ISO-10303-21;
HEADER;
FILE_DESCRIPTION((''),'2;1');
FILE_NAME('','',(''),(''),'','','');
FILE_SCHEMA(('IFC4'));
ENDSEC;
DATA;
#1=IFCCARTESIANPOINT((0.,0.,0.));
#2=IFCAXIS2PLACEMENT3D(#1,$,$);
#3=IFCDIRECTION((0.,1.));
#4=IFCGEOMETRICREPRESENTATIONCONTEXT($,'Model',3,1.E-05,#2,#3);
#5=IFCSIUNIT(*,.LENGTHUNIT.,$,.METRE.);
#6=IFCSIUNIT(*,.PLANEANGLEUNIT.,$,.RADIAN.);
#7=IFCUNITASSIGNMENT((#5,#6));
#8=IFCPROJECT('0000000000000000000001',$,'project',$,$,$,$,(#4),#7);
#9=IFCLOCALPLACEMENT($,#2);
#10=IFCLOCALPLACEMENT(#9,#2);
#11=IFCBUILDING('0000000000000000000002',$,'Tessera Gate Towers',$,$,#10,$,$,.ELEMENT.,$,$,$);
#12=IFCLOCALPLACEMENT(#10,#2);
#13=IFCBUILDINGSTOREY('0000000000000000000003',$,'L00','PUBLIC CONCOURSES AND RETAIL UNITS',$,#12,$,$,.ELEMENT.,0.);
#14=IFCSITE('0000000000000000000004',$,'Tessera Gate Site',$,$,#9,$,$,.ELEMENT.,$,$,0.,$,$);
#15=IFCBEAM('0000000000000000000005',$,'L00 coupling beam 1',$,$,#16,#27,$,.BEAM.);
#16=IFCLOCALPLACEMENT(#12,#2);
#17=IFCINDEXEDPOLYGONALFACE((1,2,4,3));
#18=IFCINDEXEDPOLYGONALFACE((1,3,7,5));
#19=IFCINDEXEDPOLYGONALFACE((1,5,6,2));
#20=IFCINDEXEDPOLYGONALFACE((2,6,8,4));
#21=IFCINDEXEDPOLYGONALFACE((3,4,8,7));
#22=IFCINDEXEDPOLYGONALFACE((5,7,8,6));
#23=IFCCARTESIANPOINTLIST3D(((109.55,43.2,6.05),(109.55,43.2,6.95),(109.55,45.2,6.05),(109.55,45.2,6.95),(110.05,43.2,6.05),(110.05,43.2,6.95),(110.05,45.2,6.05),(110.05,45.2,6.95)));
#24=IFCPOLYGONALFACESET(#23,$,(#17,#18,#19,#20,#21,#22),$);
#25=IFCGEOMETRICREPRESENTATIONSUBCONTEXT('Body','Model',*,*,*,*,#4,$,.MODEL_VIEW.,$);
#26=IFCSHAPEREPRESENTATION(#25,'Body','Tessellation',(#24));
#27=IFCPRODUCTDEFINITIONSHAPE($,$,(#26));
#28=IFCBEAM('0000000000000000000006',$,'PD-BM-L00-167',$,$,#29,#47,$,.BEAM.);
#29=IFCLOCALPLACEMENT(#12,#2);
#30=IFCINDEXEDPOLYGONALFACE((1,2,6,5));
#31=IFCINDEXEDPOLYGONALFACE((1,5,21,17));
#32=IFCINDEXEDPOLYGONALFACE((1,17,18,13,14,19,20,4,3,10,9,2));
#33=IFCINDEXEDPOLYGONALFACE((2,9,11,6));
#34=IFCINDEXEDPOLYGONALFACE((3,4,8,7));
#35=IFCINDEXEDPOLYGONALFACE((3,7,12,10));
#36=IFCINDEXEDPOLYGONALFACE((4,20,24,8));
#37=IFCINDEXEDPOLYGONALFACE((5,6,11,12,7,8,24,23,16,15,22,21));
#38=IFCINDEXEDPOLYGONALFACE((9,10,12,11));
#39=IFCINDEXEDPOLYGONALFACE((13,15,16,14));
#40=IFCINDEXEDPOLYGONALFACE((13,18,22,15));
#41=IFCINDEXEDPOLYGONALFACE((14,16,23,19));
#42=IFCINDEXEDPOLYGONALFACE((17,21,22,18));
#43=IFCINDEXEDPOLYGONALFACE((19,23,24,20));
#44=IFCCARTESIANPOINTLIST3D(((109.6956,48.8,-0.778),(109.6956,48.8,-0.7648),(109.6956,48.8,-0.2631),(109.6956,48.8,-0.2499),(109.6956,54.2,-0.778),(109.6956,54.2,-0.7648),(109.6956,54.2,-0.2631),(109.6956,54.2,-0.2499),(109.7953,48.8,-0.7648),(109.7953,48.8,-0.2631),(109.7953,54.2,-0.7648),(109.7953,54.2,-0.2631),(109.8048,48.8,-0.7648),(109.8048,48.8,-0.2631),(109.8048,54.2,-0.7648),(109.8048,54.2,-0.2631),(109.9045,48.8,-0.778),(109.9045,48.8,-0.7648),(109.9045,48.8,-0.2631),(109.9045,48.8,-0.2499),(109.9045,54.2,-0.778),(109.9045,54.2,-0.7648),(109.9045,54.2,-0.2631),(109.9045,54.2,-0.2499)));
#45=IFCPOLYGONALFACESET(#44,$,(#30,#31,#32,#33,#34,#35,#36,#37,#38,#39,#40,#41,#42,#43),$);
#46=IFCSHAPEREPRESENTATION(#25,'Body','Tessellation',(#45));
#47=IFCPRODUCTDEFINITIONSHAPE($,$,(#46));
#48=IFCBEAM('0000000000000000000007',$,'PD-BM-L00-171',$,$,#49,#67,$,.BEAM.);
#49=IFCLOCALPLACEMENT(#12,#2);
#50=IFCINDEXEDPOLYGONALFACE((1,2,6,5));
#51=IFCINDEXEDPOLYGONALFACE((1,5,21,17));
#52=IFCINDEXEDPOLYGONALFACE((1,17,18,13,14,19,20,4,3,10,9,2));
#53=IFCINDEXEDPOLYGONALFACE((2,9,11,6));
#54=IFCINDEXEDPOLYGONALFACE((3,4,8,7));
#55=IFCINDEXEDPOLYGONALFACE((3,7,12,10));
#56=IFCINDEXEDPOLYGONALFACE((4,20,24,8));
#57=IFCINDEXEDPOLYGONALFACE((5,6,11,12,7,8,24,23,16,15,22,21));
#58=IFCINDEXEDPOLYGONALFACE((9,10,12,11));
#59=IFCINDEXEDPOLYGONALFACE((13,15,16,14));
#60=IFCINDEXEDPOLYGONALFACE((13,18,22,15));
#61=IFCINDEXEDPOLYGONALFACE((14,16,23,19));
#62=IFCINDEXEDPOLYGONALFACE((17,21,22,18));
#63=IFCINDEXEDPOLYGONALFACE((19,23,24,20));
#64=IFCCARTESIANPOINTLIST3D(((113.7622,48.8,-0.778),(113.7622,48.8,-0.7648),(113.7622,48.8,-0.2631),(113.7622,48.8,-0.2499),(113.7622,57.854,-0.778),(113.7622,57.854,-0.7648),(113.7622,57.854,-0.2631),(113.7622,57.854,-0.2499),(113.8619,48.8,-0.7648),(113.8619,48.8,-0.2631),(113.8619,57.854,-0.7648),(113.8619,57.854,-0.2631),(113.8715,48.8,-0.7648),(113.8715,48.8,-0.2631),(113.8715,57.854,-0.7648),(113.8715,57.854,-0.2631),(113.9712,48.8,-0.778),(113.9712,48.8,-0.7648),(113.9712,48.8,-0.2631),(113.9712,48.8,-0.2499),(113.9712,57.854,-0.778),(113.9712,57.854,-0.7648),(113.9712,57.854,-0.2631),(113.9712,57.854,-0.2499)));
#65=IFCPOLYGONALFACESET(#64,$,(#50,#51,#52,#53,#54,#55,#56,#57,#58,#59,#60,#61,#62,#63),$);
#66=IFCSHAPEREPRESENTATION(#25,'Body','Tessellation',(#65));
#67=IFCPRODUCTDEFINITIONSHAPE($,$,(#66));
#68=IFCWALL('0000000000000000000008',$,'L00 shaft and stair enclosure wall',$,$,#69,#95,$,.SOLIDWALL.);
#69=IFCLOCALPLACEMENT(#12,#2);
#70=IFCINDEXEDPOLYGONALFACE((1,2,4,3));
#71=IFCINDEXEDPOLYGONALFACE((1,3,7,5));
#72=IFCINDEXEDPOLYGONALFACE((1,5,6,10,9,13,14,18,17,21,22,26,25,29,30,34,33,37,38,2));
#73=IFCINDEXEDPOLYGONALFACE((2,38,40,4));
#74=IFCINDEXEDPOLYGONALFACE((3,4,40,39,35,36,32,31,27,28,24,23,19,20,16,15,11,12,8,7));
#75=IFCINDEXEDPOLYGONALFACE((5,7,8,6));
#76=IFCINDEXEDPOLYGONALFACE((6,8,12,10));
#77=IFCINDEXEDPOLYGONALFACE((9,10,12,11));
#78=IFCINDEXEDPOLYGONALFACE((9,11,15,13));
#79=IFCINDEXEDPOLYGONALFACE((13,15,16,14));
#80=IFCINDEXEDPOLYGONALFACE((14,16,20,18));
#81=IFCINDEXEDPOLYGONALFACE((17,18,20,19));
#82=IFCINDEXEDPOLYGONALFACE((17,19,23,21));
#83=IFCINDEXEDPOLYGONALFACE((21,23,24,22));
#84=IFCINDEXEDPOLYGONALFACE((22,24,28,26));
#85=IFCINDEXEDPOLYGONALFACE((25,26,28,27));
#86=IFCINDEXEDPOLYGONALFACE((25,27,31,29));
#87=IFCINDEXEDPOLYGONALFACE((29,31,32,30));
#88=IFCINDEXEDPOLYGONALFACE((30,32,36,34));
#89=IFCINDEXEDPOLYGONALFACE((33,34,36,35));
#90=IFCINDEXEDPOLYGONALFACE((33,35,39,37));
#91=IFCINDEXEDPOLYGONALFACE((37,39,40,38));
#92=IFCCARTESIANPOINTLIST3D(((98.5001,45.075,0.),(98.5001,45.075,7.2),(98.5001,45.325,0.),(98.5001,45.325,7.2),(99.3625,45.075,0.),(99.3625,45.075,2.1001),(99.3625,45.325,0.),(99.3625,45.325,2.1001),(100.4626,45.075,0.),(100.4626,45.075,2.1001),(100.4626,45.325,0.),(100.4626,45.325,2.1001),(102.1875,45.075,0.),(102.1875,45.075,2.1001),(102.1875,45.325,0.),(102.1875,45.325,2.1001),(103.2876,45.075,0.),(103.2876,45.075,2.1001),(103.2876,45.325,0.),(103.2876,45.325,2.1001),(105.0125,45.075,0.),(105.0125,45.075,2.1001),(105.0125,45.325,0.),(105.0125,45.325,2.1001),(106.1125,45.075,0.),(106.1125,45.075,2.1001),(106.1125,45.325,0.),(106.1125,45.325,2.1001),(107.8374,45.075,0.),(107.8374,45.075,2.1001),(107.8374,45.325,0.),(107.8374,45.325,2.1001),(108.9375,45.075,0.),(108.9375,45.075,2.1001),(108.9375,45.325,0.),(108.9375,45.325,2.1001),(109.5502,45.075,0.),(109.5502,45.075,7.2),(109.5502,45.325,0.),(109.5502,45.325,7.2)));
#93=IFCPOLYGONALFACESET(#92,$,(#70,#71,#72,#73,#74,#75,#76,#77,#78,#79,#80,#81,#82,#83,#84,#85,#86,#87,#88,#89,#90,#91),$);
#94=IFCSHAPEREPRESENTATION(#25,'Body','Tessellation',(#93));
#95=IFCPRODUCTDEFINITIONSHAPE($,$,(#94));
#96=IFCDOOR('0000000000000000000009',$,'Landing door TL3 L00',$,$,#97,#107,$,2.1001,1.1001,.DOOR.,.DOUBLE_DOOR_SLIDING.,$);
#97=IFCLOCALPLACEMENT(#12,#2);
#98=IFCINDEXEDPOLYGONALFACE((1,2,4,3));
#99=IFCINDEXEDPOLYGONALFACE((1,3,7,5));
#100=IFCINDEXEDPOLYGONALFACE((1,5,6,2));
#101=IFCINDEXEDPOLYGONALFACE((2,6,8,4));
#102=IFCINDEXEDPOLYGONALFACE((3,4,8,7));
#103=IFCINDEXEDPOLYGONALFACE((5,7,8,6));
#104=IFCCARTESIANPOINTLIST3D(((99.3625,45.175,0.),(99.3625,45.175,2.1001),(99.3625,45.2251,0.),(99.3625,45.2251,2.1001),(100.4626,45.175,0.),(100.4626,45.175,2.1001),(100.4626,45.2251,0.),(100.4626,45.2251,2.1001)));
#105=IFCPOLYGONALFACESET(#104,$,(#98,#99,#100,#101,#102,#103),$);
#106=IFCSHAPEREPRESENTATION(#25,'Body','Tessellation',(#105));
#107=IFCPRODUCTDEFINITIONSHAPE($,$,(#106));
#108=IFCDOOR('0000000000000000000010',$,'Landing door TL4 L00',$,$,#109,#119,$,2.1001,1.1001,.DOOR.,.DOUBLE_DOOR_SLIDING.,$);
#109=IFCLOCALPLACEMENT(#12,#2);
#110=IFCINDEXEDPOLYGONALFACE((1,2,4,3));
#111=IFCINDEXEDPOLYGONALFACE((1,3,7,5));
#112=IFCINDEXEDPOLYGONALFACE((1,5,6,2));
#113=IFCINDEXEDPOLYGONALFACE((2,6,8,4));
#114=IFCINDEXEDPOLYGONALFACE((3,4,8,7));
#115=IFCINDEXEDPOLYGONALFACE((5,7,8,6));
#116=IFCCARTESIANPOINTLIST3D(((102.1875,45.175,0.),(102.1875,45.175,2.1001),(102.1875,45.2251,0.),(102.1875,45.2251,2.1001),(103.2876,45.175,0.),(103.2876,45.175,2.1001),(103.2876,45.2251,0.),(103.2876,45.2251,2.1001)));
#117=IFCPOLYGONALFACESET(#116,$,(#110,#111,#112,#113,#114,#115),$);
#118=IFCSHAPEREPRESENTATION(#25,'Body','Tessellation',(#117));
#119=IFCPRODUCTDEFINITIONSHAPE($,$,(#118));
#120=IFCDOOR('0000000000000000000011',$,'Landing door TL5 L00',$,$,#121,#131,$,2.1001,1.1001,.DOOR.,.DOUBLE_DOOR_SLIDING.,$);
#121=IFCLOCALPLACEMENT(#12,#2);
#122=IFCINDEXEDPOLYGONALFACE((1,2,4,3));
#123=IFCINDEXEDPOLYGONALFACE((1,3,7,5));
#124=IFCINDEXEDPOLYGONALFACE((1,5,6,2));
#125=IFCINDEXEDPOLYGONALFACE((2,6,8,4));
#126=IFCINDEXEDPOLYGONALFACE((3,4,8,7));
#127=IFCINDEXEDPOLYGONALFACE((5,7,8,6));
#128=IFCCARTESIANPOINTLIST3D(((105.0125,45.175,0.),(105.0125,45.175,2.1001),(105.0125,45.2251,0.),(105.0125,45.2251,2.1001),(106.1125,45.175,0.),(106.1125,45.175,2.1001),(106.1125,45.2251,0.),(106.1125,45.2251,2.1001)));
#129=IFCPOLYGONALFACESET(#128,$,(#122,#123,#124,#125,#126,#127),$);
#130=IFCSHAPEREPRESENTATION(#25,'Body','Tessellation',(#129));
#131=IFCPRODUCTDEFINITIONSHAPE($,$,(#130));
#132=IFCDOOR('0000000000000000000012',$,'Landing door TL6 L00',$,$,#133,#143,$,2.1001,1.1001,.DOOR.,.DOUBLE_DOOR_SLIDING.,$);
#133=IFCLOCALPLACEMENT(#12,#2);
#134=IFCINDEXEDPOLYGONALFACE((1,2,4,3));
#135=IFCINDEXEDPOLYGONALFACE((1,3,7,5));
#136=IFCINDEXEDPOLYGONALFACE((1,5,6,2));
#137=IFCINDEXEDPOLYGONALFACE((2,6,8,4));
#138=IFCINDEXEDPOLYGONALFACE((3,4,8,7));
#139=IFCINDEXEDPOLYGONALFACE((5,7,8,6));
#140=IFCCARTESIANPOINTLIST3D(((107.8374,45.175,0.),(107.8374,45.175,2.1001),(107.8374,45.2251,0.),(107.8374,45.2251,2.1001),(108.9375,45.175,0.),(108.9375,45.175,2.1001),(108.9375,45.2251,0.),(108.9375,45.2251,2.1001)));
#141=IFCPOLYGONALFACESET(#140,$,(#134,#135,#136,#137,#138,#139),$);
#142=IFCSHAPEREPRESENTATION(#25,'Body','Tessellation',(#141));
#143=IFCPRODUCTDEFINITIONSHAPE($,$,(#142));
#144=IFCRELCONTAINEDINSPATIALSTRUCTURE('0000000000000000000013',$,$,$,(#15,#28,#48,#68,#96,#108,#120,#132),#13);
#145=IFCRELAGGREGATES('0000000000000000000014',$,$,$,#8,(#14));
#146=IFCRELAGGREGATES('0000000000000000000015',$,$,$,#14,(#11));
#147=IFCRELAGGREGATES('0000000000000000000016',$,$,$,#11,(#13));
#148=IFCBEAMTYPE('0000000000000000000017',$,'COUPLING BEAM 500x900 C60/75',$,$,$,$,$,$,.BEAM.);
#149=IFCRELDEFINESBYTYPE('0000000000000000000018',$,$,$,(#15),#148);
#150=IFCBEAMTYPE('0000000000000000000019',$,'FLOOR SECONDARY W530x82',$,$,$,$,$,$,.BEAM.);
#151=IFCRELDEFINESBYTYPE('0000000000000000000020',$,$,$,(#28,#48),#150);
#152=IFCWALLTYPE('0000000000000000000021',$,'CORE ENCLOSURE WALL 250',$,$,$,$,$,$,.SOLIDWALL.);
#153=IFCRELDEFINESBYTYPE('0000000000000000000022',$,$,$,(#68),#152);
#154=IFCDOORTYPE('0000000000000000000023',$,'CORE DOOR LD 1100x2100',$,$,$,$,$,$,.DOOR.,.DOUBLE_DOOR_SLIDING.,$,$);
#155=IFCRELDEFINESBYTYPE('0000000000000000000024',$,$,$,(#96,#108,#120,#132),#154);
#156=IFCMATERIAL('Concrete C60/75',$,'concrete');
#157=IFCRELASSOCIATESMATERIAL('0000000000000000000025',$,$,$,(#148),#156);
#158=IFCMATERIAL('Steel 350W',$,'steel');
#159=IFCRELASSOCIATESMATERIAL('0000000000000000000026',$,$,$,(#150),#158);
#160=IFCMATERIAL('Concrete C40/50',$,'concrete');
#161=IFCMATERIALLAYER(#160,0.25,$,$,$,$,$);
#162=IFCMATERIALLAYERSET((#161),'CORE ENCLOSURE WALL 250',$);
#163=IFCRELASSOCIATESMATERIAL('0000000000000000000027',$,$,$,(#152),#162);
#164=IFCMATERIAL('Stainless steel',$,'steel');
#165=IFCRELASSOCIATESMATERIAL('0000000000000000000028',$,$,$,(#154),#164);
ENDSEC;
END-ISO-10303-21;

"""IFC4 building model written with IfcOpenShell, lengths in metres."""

from ifc_helpers import new_model, si_unit, direction, frame, frame_2d, origin, origin_2d, place, context, subcontext, project, spatial, rectangle, i_section, extrude, source, transform, mapped, material, layer, layer_set, material_profile, profile_set, type_object, element, fill, save


model = new_model("IFC4")

# Units and contexts
model_context = context("Model", 3, precision=1e-05, world=origin(), true_north=direction((0.0, 1.0)))
body_context = subcontext(model_context, "Body", "Model", "MODEL_VIEW")
ifc_project = project(units=[si_unit("LENGTHUNIT", "METRE"), si_unit("PLANEANGLEUNIT", "RADIAN")], contexts=[model_context])

# Site, building, storey
site_placement = place(None, origin())
site = spatial("IfcSite", under=ifc_project, at=site_placement, Name="Tessera Gate Site", CompositionType="ELEMENT", RefElevation=0.0)
building_placement = place(site_placement, origin())
building = spatial("IfcBuilding", under=site, at=building_placement, Name="Tessera Gate Towers", CompositionType="ELEMENT")
storey_placement = place(building_placement, origin())
storey = spatial("IfcBuildingStorey", under=building, at=storey_placement, Name="L00", Description="PUBLIC CONCOURSES AND RETAIL UNITS", CompositionType="ELEMENT", Elevation=0.0)

# Beams
ifc_material_1 = material(Name="Concrete C60/75", Category="concrete")
ifc_material_profile_1 = material_profile(ifc_material_1, rectangle(XDim=0.5, YDim=0.8999, at=origin_2d()), Name="RC 500x900")
ifc_profile_set_1 = profile_set([ifc_material_profile_1], Name="Concrete C60/75")
beam_type_1 = type_object("IfcBeamType", Name="COUPLING BEAM 500x900 C60/75", PredefinedType="BEAM", material=ifc_profile_set_1)
beam_1_placement = place(storey_placement, frame((109.8, 43.2, 6.5), z_axis=(0.0, 1.0, 0.0), x_axis=(-1.0, 0.0, 0.0)))
element("IfcBeam", 1, at=beam_1_placement, inside=storey, type_object=beam_type_1, Name="L00 coupling beam 1", PredefinedType="BEAM", context=body_context, shape_type="SweptSolid", body=[
    extrude(rectangle(XDim=0.5, YDim=0.8999, at=origin_2d()), origin(), (0.0, 0.0, 1.0), 2.0),
])
ifc_material_2 = material(Name="Steel 350W", Category="steel")
ifc_material_profile_2 = material_profile(ifc_material_2, i_section(OverallWidth=0.209, OverallDepth=0.5281, WebThickness=0.0095, FlangeThickness=0.0132, at=origin_2d()), Name="W530x82")
ifc_profile_set_2 = profile_set([ifc_material_profile_2], Name="Steel 350W")
beam_type_2 = type_object("IfcBeamType", Name="FLOOR SECONDARY W530x82", PredefinedType="BEAM", material=ifc_profile_set_2)
beam_2_placement = place(storey_placement, frame((109.8, 48.8, -0.5139), z_axis=(0.0, 1.0, 0.0), x_axis=(-1.0, 0.0, 0.0)))
element("IfcBeam", 2, at=beam_2_placement, inside=storey, type_object=beam_type_2, Name="PD-BM-L00-167", PredefinedType="BEAM", context=body_context, shape_type="SweptSolid", body=[
    extrude(i_section(OverallWidth=0.209, OverallDepth=0.5281, WebThickness=0.0095, FlangeThickness=0.0132, at=origin_2d()), origin(), (0.0, 0.0, 1.0), 5.3999),
])
beam_3_placement = place(storey_placement, frame((113.8667, 48.8, -0.5139), z_axis=(0.0, 1.0, 0.0), x_axis=(-1.0, 0.0, 0.0)))
element("IfcBeam", 3, at=beam_3_placement, inside=storey, type_object=beam_type_2, Name="PD-BM-L00-171", PredefinedType="BEAM", context=body_context, shape_type="SweptSolid", body=[
    extrude(i_section(OverallWidth=0.209, OverallDepth=0.5281, WebThickness=0.0095, FlangeThickness=0.0132, at=origin_2d()), origin(), (0.0, 0.0, 1.0), 9.054),
])

# Wall, openings, doors
ifc_material_3 = material(Name="Concrete C40/50", Category="concrete")
ifc_layer_1 = layer(ifc_material_3, 0.25)
ifc_layer_set_1 = layer_set([ifc_layer_1], Name="CORE ENCLOSURE WALL 250")
wall_type_1 = type_object("IfcWallType", Name="CORE ENCLOSURE WALL 250", PredefinedType="SOLIDWALL", material=ifc_layer_set_1)
wall_1_placement = place(storey_placement, frame((109.55, 45.2, 0.0), z_axis=(0.0, 0.0, 1.0), x_axis=(-1.0, 0.0, 0.0)))
wall_1 = element("IfcWall", 4, at=wall_1_placement, inside=storey, type_object=wall_type_1, Name="L00 shaft and stair enclosure wall", PredefinedType="SOLIDWALL", context=body_context, shape_type="SweptSolid", body=[
    extrude(rectangle(XDim=11.05, YDim=0.25, at=frame_2d((5.5249, 0.0))), origin(), (0.0, 0.0, 1.0), 7.2),
])
shared_shape_1 = source(origin(), body_context, "Body", "SweptSolid", [
    extrude(rectangle(XDim=1.1001, YDim=2.1001, at=frame_2d((0.55, 1.05))), frame((0.0, 0.135, 0.0), z_axis=(0.0, -1.0, 0.0), x_axis=(1.0, 0.0, 0.0)), (0.0, 0.0, 1.0), 0.27),
])
opening_1_placement = place(wall_1_placement, frame((9.0874, 0.0, 0.0)))
opening_1 = element("IfcOpeningElement", 5, at=opening_1_placement, cuts=wall_1, PredefinedType="OPENING", context=body_context, shape_type="MappedRepresentation", body=[
    mapped(shared_shape_1, transform((0.0, 0.0, 0.0), scale=1.0)),
])
opening_2_placement = place(wall_1_placement, frame((6.2625, 0.0, 0.0)))
opening_2 = element("IfcOpeningElement", 6, at=opening_2_placement, cuts=wall_1, PredefinedType="OPENING", context=body_context, shape_type="MappedRepresentation", body=[
    mapped(shared_shape_1, transform((0.0, 0.0, 0.0), scale=1.0)),
])
opening_3_placement = place(wall_1_placement, frame((3.4375, 0.0, 0.0)))
opening_3 = element("IfcOpeningElement", 7, at=opening_3_placement, cuts=wall_1, PredefinedType="OPENING", context=body_context, shape_type="MappedRepresentation", body=[
    mapped(shared_shape_1, transform((0.0, 0.0, 0.0), scale=1.0)),
])
opening_4_placement = place(wall_1_placement, frame((0.6125, 0.0, 0.0)))
opening_4 = element("IfcOpeningElement", 8, at=opening_4_placement, cuts=wall_1, PredefinedType="OPENING", context=body_context, shape_type="MappedRepresentation", body=[
    mapped(shared_shape_1, transform((0.0, 0.0, 0.0), scale=1.0)),
])
ifc_material_4 = material(Name="Stainless steel", Category="steel")
door_type_1 = type_object("IfcDoorType", Name="CORE DOOR LD 1100x2100", OperationType="DOUBLE_DOOR_SLIDING", PredefinedType="DOOR", material=ifc_material_4)
shared_shape_2 = source(origin(), body_context, "Body", "SweptSolid", [
    extrude(rectangle(XDim=1.1001, YDim=2.1001, at=frame_2d((0.55, 1.05))), frame((0.0, 0.0249, 0.0), z_axis=(0.0, -1.0, 0.0), x_axis=(1.0, 0.0, 0.0)), (0.0, 0.0, 1.0), 0.05),
])
door_1_placement = place(opening_1_placement, origin())
door_1 = element("IfcDoor", 9, at=door_1_placement, inside=storey, type_object=door_type_1, Name="Landing door TL3 L00", OperationType="DOUBLE_DOOR_SLIDING", OverallHeight=2.1001, OverallWidth=1.1001, PredefinedType="DOOR", context=body_context, shape_type="MappedRepresentation", body=[
    mapped(shared_shape_2, transform((0.0, 0.0, 0.0), scale=1.0)),
])
fill(opening_1, door_1)
door_2_placement = place(opening_2_placement, origin())
door_2 = element("IfcDoor", 10, at=door_2_placement, inside=storey, type_object=door_type_1, Name="Landing door TL4 L00", OperationType="DOUBLE_DOOR_SLIDING", OverallHeight=2.1001, OverallWidth=1.1001, PredefinedType="DOOR", context=body_context, shape_type="MappedRepresentation", body=[
    mapped(shared_shape_2, transform((0.0, 0.0, 0.0), scale=1.0)),
])
fill(opening_2, door_2)
door_3_placement = place(opening_3_placement, origin())
door_3 = element("IfcDoor", 11, at=door_3_placement, inside=storey, type_object=door_type_1, Name="Landing door TL5 L00", OperationType="DOUBLE_DOOR_SLIDING", OverallHeight=2.1001, OverallWidth=1.1001, PredefinedType="DOOR", context=body_context, shape_type="MappedRepresentation", body=[
    mapped(shared_shape_2, transform((0.0, 0.0, 0.0), scale=1.0)),
])
fill(opening_3, door_3)
door_4_placement = place(opening_4_placement, origin())
door_4 = element("IfcDoor", 12, at=door_4_placement, inside=storey, type_object=door_type_1, Name="Landing door TL6 L00", OperationType="DOUBLE_DOOR_SLIDING", OverallHeight=2.1001, OverallWidth=1.1001, PredefinedType="DOOR", context=body_context, shape_type="MappedRepresentation", body=[
    mapped(shared_shape_2, transform((0.0, 0.0, 0.0), scale=1.0)),
])
fill(opening_4, door_4)

save(model, "model.ifc")
